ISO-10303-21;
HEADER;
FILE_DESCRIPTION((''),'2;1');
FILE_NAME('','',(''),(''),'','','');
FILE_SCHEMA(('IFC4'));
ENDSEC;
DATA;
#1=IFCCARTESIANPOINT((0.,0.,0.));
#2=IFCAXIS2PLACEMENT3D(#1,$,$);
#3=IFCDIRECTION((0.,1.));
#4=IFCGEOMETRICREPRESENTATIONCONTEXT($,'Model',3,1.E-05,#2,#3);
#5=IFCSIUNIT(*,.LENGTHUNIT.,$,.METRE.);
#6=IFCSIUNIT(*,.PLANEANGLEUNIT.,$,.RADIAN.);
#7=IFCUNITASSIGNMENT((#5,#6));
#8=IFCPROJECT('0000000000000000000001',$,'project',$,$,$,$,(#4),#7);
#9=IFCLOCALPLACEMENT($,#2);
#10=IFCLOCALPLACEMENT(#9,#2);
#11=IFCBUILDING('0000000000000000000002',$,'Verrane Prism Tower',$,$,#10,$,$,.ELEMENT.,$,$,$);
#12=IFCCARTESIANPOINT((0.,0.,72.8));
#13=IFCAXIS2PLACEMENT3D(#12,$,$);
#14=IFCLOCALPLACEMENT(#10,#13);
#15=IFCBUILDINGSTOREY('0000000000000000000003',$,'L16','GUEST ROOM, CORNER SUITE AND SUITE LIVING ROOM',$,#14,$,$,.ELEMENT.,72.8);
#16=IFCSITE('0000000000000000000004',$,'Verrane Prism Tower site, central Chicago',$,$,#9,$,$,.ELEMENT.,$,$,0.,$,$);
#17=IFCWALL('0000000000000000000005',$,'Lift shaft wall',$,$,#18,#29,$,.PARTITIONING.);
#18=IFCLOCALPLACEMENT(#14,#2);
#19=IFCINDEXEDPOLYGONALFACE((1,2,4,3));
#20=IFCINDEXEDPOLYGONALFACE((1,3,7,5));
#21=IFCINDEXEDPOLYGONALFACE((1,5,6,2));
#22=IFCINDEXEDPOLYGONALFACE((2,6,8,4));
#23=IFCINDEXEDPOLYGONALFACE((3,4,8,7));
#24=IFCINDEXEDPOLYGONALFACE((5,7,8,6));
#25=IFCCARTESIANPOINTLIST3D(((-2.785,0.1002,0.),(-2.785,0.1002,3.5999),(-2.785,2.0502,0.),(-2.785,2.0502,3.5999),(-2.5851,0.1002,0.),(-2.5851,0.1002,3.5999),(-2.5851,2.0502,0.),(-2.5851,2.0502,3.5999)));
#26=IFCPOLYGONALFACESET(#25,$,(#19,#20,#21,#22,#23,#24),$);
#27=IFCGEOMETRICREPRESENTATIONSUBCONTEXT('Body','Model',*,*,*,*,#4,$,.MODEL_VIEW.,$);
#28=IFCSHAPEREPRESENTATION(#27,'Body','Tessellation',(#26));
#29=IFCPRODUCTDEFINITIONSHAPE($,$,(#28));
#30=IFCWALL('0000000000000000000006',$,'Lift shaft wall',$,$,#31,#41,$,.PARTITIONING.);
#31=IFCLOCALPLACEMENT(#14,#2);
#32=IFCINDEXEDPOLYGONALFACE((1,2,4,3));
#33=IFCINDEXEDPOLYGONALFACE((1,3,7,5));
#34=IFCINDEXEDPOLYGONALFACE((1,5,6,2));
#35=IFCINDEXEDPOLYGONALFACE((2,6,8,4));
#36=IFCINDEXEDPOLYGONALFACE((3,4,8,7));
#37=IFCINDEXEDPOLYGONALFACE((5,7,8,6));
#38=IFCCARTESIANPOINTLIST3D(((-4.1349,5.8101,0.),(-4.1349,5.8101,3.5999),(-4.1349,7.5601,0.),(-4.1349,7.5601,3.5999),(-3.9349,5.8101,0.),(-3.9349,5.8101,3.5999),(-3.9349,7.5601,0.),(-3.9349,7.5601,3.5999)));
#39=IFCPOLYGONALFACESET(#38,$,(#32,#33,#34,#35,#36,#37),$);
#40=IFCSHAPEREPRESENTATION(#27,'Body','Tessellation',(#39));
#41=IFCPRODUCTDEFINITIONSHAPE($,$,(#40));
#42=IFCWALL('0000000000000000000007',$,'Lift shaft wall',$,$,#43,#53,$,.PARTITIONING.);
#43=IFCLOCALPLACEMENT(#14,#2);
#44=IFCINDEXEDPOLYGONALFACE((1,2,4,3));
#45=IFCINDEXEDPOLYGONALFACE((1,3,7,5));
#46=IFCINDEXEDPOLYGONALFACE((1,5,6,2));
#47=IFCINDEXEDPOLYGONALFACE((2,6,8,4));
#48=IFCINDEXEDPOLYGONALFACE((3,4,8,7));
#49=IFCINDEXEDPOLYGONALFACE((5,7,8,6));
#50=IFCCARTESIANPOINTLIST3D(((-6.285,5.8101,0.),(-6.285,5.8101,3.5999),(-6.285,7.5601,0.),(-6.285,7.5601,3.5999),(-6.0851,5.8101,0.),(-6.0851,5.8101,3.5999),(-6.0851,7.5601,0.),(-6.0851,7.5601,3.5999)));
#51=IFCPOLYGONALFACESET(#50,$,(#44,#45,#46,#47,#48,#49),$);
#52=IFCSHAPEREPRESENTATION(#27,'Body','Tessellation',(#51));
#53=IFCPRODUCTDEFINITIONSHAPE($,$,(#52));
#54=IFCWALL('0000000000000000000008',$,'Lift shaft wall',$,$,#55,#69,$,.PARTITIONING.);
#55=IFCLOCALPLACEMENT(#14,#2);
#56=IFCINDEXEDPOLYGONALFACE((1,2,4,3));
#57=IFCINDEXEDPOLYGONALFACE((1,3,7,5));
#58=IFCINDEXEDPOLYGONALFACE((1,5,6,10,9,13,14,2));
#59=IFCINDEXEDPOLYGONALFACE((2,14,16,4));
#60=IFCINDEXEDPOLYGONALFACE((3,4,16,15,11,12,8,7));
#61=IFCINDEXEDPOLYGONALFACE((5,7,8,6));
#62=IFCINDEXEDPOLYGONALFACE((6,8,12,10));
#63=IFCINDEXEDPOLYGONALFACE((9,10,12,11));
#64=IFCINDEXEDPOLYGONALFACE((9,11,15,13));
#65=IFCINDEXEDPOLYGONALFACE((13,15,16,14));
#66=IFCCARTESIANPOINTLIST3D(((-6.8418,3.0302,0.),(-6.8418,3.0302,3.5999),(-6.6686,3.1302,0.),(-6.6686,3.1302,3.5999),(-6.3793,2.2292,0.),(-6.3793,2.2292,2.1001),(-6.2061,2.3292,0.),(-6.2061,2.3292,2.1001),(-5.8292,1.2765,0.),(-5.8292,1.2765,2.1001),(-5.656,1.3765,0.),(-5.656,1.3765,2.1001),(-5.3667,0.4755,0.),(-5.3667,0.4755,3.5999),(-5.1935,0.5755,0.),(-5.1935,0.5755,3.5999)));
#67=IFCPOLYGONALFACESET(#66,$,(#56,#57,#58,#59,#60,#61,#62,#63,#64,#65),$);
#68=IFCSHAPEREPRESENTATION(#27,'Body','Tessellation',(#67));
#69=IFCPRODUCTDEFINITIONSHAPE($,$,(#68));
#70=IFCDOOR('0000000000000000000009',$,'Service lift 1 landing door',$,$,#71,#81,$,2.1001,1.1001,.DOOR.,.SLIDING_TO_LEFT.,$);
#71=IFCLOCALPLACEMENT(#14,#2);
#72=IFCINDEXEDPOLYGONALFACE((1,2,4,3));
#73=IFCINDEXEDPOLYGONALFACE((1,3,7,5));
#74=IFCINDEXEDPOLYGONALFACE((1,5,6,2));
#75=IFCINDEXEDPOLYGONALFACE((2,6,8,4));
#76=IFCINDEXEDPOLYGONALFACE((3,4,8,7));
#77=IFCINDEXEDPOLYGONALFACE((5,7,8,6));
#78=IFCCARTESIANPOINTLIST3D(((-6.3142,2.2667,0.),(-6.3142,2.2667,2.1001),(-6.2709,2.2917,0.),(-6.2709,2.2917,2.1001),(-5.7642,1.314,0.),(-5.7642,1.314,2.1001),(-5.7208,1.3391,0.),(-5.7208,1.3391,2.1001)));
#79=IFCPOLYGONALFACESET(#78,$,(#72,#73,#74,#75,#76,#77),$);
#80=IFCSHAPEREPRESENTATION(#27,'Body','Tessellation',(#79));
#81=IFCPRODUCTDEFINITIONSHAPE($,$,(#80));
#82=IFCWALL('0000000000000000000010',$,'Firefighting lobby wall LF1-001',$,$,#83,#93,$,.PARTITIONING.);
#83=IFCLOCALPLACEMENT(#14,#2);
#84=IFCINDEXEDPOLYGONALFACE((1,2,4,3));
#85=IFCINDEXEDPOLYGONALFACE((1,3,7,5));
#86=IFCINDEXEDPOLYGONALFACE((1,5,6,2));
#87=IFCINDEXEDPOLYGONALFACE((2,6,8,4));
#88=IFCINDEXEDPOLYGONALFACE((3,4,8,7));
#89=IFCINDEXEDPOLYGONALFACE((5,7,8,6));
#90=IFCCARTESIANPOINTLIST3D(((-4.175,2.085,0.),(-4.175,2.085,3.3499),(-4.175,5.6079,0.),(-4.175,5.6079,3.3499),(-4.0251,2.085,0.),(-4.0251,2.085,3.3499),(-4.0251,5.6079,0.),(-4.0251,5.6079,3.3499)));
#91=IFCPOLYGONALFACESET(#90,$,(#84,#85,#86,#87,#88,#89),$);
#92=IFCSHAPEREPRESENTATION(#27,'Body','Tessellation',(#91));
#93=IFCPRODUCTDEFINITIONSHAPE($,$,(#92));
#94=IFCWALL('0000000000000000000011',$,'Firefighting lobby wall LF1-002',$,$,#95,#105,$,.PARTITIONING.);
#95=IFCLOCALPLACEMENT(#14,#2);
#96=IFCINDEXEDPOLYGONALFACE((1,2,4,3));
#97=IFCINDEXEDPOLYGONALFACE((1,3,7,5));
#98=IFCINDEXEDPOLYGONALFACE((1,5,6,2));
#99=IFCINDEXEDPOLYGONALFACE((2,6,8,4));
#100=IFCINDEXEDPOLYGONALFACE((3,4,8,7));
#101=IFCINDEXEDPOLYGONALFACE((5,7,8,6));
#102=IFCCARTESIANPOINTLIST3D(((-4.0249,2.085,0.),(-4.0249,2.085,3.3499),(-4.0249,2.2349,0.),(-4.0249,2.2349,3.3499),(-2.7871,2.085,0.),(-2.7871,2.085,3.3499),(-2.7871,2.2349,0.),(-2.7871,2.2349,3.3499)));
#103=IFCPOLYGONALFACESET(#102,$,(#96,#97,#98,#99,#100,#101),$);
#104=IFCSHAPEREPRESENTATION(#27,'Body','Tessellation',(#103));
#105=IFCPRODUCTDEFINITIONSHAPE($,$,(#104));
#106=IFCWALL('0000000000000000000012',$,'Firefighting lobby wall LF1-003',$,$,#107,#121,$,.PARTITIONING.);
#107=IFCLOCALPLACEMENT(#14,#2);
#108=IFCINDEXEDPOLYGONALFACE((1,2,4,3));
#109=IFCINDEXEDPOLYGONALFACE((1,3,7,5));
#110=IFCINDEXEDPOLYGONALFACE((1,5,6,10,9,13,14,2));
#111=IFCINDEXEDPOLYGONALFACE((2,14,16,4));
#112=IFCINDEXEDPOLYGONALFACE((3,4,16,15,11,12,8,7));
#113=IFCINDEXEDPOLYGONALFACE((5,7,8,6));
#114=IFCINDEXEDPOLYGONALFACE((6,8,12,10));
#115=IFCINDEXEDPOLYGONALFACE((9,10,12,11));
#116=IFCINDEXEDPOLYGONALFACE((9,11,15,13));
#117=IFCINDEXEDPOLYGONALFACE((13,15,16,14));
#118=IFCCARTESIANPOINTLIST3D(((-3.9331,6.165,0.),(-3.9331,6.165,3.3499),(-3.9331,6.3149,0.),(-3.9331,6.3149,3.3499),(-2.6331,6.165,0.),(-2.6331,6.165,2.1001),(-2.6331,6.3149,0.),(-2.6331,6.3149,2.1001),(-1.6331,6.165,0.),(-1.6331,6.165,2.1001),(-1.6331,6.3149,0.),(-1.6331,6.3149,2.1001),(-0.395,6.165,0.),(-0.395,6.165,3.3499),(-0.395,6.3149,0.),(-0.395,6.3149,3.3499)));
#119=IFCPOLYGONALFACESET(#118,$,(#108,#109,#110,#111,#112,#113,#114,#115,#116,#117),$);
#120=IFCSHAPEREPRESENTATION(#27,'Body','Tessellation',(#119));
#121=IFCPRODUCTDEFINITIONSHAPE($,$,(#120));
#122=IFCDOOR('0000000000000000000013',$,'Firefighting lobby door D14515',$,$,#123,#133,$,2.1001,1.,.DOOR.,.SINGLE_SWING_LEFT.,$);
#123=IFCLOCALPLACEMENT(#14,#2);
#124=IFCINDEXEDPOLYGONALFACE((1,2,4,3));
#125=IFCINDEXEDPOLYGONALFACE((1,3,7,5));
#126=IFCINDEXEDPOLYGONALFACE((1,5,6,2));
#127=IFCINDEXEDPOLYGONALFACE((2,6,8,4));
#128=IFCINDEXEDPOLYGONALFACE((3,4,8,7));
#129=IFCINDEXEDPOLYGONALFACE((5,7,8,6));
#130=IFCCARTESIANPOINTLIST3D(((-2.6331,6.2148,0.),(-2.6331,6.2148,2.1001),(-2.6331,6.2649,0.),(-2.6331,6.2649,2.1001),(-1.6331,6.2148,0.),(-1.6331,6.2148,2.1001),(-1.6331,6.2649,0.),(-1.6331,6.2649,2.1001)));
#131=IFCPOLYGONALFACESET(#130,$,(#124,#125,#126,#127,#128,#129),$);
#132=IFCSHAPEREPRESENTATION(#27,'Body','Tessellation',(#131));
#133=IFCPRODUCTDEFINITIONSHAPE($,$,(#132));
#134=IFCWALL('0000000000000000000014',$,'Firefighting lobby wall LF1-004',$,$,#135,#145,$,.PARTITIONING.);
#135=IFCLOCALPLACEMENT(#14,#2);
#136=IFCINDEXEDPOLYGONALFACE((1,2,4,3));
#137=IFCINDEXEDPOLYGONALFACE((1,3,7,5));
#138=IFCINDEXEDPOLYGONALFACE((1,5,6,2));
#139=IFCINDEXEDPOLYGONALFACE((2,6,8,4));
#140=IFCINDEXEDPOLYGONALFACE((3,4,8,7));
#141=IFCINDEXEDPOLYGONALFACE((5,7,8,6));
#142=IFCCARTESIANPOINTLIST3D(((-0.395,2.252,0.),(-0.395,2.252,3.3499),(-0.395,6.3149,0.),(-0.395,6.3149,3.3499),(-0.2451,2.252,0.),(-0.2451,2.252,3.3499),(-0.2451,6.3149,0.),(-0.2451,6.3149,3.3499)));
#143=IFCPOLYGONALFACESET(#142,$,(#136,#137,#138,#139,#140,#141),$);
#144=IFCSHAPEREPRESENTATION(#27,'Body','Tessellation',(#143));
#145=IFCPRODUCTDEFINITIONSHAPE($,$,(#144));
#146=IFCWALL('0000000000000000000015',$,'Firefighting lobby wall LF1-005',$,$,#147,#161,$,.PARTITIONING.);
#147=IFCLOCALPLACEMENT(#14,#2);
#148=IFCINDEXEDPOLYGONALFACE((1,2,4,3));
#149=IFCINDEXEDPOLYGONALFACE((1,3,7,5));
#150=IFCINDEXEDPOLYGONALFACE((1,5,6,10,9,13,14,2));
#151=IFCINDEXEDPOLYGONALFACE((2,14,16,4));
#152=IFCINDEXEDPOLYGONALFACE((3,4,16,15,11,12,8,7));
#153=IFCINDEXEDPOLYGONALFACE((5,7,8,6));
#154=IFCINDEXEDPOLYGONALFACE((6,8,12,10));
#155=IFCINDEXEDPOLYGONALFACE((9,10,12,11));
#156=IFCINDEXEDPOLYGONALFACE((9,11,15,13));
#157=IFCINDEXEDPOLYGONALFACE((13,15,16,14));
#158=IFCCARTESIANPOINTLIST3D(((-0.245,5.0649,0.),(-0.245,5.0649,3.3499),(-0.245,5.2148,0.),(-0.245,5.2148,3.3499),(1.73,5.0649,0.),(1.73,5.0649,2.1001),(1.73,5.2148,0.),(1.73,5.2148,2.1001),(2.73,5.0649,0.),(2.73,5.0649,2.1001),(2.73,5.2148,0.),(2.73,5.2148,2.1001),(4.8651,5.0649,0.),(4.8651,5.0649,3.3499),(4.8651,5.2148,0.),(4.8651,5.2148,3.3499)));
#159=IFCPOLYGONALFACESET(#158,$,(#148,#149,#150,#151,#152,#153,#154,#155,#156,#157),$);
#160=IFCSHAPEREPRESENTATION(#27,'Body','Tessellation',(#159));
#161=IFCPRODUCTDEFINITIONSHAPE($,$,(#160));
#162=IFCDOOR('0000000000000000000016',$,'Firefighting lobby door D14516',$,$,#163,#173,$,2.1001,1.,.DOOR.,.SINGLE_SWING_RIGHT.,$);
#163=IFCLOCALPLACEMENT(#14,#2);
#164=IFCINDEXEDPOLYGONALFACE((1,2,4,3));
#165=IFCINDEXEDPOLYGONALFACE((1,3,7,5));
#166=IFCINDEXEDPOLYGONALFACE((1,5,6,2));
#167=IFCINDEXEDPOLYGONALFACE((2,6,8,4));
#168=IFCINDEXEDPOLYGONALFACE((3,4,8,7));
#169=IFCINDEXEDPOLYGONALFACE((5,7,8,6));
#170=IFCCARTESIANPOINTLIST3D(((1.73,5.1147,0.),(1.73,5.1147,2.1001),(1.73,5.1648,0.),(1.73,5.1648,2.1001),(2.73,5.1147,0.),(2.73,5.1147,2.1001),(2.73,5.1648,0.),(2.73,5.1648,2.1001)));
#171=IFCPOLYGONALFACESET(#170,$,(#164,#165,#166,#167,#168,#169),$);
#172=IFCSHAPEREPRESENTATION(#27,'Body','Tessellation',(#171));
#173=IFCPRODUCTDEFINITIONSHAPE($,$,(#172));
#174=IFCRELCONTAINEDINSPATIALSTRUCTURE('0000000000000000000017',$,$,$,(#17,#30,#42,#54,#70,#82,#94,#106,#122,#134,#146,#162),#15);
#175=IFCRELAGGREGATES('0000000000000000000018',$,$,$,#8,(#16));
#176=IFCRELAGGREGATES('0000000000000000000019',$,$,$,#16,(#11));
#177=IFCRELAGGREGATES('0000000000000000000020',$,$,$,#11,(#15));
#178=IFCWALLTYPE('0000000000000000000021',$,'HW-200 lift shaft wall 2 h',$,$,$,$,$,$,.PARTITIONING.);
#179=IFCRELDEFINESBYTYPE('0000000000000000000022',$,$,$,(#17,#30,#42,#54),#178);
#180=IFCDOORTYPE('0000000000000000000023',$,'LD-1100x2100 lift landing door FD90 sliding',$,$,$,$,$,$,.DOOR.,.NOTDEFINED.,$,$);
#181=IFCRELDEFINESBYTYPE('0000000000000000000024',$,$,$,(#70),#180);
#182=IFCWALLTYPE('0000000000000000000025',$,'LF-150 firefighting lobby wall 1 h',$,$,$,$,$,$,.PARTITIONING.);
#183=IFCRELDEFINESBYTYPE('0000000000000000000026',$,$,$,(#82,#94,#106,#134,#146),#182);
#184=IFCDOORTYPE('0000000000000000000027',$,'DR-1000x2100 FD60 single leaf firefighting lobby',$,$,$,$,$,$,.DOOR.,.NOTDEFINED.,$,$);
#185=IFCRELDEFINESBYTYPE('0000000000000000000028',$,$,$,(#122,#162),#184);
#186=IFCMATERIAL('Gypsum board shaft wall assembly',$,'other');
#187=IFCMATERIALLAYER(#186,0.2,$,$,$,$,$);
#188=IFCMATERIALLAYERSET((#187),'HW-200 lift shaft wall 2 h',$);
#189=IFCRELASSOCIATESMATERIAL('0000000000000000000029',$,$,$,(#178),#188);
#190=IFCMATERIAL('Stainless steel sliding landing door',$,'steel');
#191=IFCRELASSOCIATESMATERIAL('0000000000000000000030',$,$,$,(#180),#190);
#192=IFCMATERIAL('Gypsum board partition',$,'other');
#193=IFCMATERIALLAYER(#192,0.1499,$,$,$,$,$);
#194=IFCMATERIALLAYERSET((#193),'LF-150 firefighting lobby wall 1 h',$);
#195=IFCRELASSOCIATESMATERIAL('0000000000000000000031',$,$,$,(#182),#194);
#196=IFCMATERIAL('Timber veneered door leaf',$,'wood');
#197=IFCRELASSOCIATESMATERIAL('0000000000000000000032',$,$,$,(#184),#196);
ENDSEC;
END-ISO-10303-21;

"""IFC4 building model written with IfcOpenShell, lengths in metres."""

from ifc_helpers import new_model, si_unit, direction, frame, frame_2d, origin, place, context, subcontext, project, spatial, rectangle, extrude, material, layer, layer_set, type_object, element, fill, save


model = new_model("IFC4")

# Units and contexts
model_context = context("Model", 3, precision=1e-05, world=origin(), true_north=direction((0.0, 1.0)))
body_context = subcontext(model_context, "Body", "Model", "MODEL_VIEW")
ifc_project = project(units=[si_unit("LENGTHUNIT", "METRE"), si_unit("PLANEANGLEUNIT", "RADIAN")], contexts=[model_context])

# Site, building, storey
site_placement = place(None, origin())
site = spatial("IfcSite", under=ifc_project, at=site_placement, Name="Verrane Prism Tower site, central Chicago", CompositionType="ELEMENT", RefElevation=0.0)
building_placement = place(site_placement, origin())
building = spatial("IfcBuilding", under=site, at=building_placement, Name="Verrane Prism Tower", CompositionType="ELEMENT")
storey_placement = place(building_placement, frame((0.0, 0.0, 72.8)))
storey = spatial("IfcBuildingStorey", under=building, at=storey_placement, Name="L16", Description="GUEST ROOM, CORNER SUITE AND SUITE LIVING ROOM", CompositionType="ELEMENT", Elevation=72.8)

# Shared definitions
ifc_material_1 = material(Name="Gypsum board shaft wall assembly", Category="other")
ifc_layer_1 = layer(ifc_material_1, 0.2)
ifc_layer_set_1 = layer_set([ifc_layer_1], Name="HW-200 lift shaft wall 2 h")
wall_type_1 = type_object("IfcWallType", Name="HW-200 lift shaft wall 2 h", PredefinedType="PARTITIONING", material=ifc_layer_set_1)
ifc_material_2 = material(Name="Stainless steel sliding landing door", Category="steel")
door_type_1 = type_object("IfcDoorType", Name="LD-1100x2100 lift landing door FD90 sliding", OperationType="NOTDEFINED", PredefinedType="DOOR", material=ifc_material_2)

# Walls
wall_1_placement = place(storey_placement, frame((-2.6851, 0.1001, 0.0), z_axis=(0.0, 0.0, 1.0), x_axis=(0.0, 1.0, 0.0)))
element("IfcWall", 1, at=wall_1_placement, inside=storey, type_object=wall_type_1, Name="Lift shaft wall", PredefinedType="PARTITIONING", context=body_context, shape_type="SweptSolid", body=[
    extrude(rectangle(XDim=1.95, YDim=0.2, at=frame_2d((0.9751, 0.0))), origin(), (0.0, 0.0, 1.0), 3.5999),
])
for number, where, z_axis, x_axis, name in (
    (2, (-4.0349, 5.8101, 0.0), (0.0, 0.0, 1.0), (0.0, 1.0, 0.0), "Lift shaft wall"),
    (3, (-6.1851, 5.8101, 0.0), (0.0, 0.0, 1.0), (0.0, 1.0, 0.0), "Lift shaft wall"),
):
    element("IfcWall", number, at=place(storey_placement, frame(where, z_axis=z_axis, x_axis=x_axis)), inside=storey, type_object=wall_type_1, Name=name, PredefinedType="PARTITIONING", context=body_context, shape_type="SweptSolid", body=[
        extrude(rectangle(XDim=1.75, YDim=0.2, at=frame_2d((0.875, 0.0))), origin(), (0.0, 0.0, 1.0), 3.5999),
    ])

# Wall, opening, door
wall_2_placement = place(storey_placement, frame((-5.28, 0.5254, 0.0), z_axis=(0.0, 0.0, 1.0), x_axis=(-0.500038, 0.866004, 0.0)))
wall_2 = element("IfcWall", 4, at=wall_2_placement, inside=storey, type_object=wall_type_1, Name="Lift shaft wall", PredefinedType="PARTITIONING", context=body_context, shape_type="SweptSolid", body=[
    extrude(rectangle(XDim=2.95, YDim=0.2, at=frame_2d((1.4751, 0.0))), origin(), (0.0, 0.0, 1.0), 3.5999),
])
opening_1_placement = place(wall_2_placement, frame((0.925, 0.0, 0.0)))
opening_1 = element("IfcOpeningElement", 5, at=opening_1_placement, cuts=wall_2, PredefinedType="OPENING", context=body_context, shape_type="SweptSolid", body=[
    extrude(rectangle(XDim=1.1001, YDim=2.1001, at=frame_2d((0.55, 1.05))), frame((0.0, 0.1099, 0.0), z_axis=(0.0, -1.0, 0.0), x_axis=(1.0, 0.0, 0.0)), (0.0, 0.0, 1.0), 0.22),
])
door_1_placement = place(opening_1_placement, origin())
door_1 = element("IfcDoor", 6, at=door_1_placement, inside=storey, type_object=door_type_1, Name="Service lift 1 landing door", OperationType="SLIDING_TO_LEFT", OverallHeight=2.1001, OverallWidth=1.1001, PredefinedType="DOOR", context=body_context, shape_type="SweptSolid", body=[
    extrude(rectangle(XDim=1.1001, YDim=2.1001, at=frame_2d((0.55, 1.05))), frame((0.0, 0.0249, 0.0), z_axis=(0.0, -1.0, 0.0), x_axis=(1.0, 0.0, 0.0)), (0.0, 0.0, 1.0), 0.05),
])
fill(opening_1, door_1)

# Walls
ifc_material_3 = material(Name="Gypsum board partition", Category="other")
ifc_layer_2 = layer(ifc_material_3, 0.1499)
ifc_layer_set_2 = layer_set([ifc_layer_2], Name="LF-150 firefighting lobby wall 1 h")
wall_type_2 = type_object("IfcWallType", Name="LF-150 firefighting lobby wall 1 h", PredefinedType="PARTITIONING", material=ifc_layer_set_2)
wall_3_placement = place(storey_placement, frame((-4.1001, 2.085, 0.0), z_axis=(0.0, 0.0, 1.0), x_axis=(0.0, 1.0, 0.0)))
element("IfcWall", 7, at=wall_3_placement, inside=storey, type_object=wall_type_2, Name="Firefighting lobby wall LF1-001", PredefinedType="PARTITIONING", context=body_context, shape_type="SweptSolid", body=[
    extrude(rectangle(XDim=3.5229, YDim=0.1499, at=frame_2d((1.7615, 0.0))), origin(), (0.0, 0.0, 1.0), 3.3499),
])
wall_4_placement = place(storey_placement, frame((-4.0249, 2.1599, 0.0), z_axis=(0.0, 0.0, 1.0), x_axis=(1.0, 0.0, 0.0)))
element("IfcWall", 8, at=wall_4_placement, inside=storey, type_object=wall_type_2, Name="Firefighting lobby wall LF1-002", PredefinedType="PARTITIONING", context=body_context, shape_type="SweptSolid", body=[
    extrude(rectangle(XDim=1.2378, YDim=0.1499, at=frame_2d((0.6189, 0.0))), origin(), (0.0, 0.0, 1.0), 3.3499),
])

# Wall, opening, door
wall_5_placement = place(storey_placement, frame((-3.9331, 6.24, 0.0), z_axis=(0.0, 0.0, 1.0), x_axis=(1.0, 0.0, 0.0)))
wall_5 = element("IfcWall", 9, at=wall_5_placement, inside=storey, type_object=wall_type_2, Name="Firefighting lobby wall LF1-003", PredefinedType="PARTITIONING", context=body_context, shape_type="SweptSolid", body=[
    extrude(rectangle(XDim=3.5381, YDim=0.1499, at=frame_2d((1.769, 0.0))), origin(), (0.0, 0.0, 1.0), 3.3499),
])
opening_2_placement = place(wall_5_placement, frame((1.3, 0.0, 0.0)))
opening_2 = element("IfcOpeningElement", 10, at=opening_2_placement, cuts=wall_5, PredefinedType="OPENING", context=body_context, shape_type="SweptSolid", body=[
    extrude(rectangle(XDim=1.0, YDim=2.1001, at=frame_2d((0.5, 1.05))), frame((0.0, 0.085, 0.0), z_axis=(0.0, -1.0, 0.0), x_axis=(1.0, 0.0, 0.0)), (0.0, 0.0, 1.0), 0.1699),
])
ifc_material_4 = material(Name="Timber veneered door leaf", Category="wood")
door_type_2 = type_object("IfcDoorType", Name="DR-1000x2100 FD60 single leaf firefighting lobby", OperationType="NOTDEFINED", PredefinedType="DOOR", material=ifc_material_4)
door_2_placement = place(opening_2_placement, origin())
door_2 = element("IfcDoor", 11, at=door_2_placement, inside=storey, type_object=door_type_2, Name="Firefighting lobby door D14515", OperationType="SINGLE_SWING_LEFT", OverallHeight=2.1001, OverallWidth=1.0, PredefinedType="DOOR", context=body_context, shape_type="SweptSolid", body=[
    extrude(rectangle(XDim=1.0, YDim=2.1001, at=frame_2d((0.5, 1.05))), frame((0.0, 0.0249, 0.0), z_axis=(0.0, -1.0, 0.0), x_axis=(1.0, 0.0, 0.0)), (0.0, 0.0, 1.0), 0.05),
])
fill(opening_2, door_2)

# Wall
wall_6_placement = place(storey_placement, frame((-0.3201, 2.252, 0.0), z_axis=(0.0, 0.0, 1.0), x_axis=(0.0, 1.0, 0.0)))
element("IfcWall", 12, at=wall_6_placement, inside=storey, type_object=wall_type_2, Name="Firefighting lobby wall LF1-004", PredefinedType="PARTITIONING", context=body_context, shape_type="SweptSolid", body=[
    extrude(rectangle(XDim=4.063, YDim=0.1499, at=frame_2d((2.0315, 0.0))), origin(), (0.0, 0.0, 1.0), 3.3499),
])

# Wall, opening, door
wall_7_placement = place(storey_placement, frame((-0.2451, 5.1399, 0.0), z_axis=(0.0, 0.0, 1.0), x_axis=(1.0, 0.0, 0.0)))
wall_7 = element("IfcWall", 13, at=wall_7_placement, inside=storey, type_object=wall_type_2, Name="Firefighting lobby wall LF1-005", PredefinedType="PARTITIONING", context=body_context, shape_type="SweptSolid", body=[
    extrude(rectangle(XDim=5.1101, YDim=0.1499, at=frame_2d((2.5552, 0.0))), origin(), (0.0, 0.0, 1.0), 3.3499),
])
opening_3_placement = place(wall_7_placement, frame((1.9751, 0.0, 0.0)))
opening_3 = element("IfcOpeningElement", 14, at=opening_3_placement, cuts=wall_7, PredefinedType="OPENING", context=body_context, shape_type="SweptSolid", body=[
    extrude(rectangle(XDim=1.0, YDim=2.1001, at=frame_2d((0.5, 1.05))), frame((0.0, 0.085, 0.0), z_axis=(0.0, -1.0, 0.0), x_axis=(1.0, 0.0, 0.0)), (0.0, 0.0, 1.0), 0.1699),
])
door_3_placement = place(opening_3_placement, origin())
door_3 = element("IfcDoor", 15, at=door_3_placement, inside=storey, type_object=door_type_2, Name="Firefighting lobby door D14516", OperationType="SINGLE_SWING_RIGHT", OverallHeight=2.1001, OverallWidth=1.0, PredefinedType="DOOR", context=body_context, shape_type="SweptSolid", body=[
    extrude(rectangle(XDim=1.0, YDim=2.1001, at=frame_2d((0.5, 1.05))), frame((0.0, 0.0249, 0.0), z_axis=(0.0, -1.0, 0.0), x_axis=(1.0, 0.0, 0.0)), (0.0, 0.0, 1.0), 0.05),
])
fill(opening_3, door_3)

save(model, "model.ifc")
